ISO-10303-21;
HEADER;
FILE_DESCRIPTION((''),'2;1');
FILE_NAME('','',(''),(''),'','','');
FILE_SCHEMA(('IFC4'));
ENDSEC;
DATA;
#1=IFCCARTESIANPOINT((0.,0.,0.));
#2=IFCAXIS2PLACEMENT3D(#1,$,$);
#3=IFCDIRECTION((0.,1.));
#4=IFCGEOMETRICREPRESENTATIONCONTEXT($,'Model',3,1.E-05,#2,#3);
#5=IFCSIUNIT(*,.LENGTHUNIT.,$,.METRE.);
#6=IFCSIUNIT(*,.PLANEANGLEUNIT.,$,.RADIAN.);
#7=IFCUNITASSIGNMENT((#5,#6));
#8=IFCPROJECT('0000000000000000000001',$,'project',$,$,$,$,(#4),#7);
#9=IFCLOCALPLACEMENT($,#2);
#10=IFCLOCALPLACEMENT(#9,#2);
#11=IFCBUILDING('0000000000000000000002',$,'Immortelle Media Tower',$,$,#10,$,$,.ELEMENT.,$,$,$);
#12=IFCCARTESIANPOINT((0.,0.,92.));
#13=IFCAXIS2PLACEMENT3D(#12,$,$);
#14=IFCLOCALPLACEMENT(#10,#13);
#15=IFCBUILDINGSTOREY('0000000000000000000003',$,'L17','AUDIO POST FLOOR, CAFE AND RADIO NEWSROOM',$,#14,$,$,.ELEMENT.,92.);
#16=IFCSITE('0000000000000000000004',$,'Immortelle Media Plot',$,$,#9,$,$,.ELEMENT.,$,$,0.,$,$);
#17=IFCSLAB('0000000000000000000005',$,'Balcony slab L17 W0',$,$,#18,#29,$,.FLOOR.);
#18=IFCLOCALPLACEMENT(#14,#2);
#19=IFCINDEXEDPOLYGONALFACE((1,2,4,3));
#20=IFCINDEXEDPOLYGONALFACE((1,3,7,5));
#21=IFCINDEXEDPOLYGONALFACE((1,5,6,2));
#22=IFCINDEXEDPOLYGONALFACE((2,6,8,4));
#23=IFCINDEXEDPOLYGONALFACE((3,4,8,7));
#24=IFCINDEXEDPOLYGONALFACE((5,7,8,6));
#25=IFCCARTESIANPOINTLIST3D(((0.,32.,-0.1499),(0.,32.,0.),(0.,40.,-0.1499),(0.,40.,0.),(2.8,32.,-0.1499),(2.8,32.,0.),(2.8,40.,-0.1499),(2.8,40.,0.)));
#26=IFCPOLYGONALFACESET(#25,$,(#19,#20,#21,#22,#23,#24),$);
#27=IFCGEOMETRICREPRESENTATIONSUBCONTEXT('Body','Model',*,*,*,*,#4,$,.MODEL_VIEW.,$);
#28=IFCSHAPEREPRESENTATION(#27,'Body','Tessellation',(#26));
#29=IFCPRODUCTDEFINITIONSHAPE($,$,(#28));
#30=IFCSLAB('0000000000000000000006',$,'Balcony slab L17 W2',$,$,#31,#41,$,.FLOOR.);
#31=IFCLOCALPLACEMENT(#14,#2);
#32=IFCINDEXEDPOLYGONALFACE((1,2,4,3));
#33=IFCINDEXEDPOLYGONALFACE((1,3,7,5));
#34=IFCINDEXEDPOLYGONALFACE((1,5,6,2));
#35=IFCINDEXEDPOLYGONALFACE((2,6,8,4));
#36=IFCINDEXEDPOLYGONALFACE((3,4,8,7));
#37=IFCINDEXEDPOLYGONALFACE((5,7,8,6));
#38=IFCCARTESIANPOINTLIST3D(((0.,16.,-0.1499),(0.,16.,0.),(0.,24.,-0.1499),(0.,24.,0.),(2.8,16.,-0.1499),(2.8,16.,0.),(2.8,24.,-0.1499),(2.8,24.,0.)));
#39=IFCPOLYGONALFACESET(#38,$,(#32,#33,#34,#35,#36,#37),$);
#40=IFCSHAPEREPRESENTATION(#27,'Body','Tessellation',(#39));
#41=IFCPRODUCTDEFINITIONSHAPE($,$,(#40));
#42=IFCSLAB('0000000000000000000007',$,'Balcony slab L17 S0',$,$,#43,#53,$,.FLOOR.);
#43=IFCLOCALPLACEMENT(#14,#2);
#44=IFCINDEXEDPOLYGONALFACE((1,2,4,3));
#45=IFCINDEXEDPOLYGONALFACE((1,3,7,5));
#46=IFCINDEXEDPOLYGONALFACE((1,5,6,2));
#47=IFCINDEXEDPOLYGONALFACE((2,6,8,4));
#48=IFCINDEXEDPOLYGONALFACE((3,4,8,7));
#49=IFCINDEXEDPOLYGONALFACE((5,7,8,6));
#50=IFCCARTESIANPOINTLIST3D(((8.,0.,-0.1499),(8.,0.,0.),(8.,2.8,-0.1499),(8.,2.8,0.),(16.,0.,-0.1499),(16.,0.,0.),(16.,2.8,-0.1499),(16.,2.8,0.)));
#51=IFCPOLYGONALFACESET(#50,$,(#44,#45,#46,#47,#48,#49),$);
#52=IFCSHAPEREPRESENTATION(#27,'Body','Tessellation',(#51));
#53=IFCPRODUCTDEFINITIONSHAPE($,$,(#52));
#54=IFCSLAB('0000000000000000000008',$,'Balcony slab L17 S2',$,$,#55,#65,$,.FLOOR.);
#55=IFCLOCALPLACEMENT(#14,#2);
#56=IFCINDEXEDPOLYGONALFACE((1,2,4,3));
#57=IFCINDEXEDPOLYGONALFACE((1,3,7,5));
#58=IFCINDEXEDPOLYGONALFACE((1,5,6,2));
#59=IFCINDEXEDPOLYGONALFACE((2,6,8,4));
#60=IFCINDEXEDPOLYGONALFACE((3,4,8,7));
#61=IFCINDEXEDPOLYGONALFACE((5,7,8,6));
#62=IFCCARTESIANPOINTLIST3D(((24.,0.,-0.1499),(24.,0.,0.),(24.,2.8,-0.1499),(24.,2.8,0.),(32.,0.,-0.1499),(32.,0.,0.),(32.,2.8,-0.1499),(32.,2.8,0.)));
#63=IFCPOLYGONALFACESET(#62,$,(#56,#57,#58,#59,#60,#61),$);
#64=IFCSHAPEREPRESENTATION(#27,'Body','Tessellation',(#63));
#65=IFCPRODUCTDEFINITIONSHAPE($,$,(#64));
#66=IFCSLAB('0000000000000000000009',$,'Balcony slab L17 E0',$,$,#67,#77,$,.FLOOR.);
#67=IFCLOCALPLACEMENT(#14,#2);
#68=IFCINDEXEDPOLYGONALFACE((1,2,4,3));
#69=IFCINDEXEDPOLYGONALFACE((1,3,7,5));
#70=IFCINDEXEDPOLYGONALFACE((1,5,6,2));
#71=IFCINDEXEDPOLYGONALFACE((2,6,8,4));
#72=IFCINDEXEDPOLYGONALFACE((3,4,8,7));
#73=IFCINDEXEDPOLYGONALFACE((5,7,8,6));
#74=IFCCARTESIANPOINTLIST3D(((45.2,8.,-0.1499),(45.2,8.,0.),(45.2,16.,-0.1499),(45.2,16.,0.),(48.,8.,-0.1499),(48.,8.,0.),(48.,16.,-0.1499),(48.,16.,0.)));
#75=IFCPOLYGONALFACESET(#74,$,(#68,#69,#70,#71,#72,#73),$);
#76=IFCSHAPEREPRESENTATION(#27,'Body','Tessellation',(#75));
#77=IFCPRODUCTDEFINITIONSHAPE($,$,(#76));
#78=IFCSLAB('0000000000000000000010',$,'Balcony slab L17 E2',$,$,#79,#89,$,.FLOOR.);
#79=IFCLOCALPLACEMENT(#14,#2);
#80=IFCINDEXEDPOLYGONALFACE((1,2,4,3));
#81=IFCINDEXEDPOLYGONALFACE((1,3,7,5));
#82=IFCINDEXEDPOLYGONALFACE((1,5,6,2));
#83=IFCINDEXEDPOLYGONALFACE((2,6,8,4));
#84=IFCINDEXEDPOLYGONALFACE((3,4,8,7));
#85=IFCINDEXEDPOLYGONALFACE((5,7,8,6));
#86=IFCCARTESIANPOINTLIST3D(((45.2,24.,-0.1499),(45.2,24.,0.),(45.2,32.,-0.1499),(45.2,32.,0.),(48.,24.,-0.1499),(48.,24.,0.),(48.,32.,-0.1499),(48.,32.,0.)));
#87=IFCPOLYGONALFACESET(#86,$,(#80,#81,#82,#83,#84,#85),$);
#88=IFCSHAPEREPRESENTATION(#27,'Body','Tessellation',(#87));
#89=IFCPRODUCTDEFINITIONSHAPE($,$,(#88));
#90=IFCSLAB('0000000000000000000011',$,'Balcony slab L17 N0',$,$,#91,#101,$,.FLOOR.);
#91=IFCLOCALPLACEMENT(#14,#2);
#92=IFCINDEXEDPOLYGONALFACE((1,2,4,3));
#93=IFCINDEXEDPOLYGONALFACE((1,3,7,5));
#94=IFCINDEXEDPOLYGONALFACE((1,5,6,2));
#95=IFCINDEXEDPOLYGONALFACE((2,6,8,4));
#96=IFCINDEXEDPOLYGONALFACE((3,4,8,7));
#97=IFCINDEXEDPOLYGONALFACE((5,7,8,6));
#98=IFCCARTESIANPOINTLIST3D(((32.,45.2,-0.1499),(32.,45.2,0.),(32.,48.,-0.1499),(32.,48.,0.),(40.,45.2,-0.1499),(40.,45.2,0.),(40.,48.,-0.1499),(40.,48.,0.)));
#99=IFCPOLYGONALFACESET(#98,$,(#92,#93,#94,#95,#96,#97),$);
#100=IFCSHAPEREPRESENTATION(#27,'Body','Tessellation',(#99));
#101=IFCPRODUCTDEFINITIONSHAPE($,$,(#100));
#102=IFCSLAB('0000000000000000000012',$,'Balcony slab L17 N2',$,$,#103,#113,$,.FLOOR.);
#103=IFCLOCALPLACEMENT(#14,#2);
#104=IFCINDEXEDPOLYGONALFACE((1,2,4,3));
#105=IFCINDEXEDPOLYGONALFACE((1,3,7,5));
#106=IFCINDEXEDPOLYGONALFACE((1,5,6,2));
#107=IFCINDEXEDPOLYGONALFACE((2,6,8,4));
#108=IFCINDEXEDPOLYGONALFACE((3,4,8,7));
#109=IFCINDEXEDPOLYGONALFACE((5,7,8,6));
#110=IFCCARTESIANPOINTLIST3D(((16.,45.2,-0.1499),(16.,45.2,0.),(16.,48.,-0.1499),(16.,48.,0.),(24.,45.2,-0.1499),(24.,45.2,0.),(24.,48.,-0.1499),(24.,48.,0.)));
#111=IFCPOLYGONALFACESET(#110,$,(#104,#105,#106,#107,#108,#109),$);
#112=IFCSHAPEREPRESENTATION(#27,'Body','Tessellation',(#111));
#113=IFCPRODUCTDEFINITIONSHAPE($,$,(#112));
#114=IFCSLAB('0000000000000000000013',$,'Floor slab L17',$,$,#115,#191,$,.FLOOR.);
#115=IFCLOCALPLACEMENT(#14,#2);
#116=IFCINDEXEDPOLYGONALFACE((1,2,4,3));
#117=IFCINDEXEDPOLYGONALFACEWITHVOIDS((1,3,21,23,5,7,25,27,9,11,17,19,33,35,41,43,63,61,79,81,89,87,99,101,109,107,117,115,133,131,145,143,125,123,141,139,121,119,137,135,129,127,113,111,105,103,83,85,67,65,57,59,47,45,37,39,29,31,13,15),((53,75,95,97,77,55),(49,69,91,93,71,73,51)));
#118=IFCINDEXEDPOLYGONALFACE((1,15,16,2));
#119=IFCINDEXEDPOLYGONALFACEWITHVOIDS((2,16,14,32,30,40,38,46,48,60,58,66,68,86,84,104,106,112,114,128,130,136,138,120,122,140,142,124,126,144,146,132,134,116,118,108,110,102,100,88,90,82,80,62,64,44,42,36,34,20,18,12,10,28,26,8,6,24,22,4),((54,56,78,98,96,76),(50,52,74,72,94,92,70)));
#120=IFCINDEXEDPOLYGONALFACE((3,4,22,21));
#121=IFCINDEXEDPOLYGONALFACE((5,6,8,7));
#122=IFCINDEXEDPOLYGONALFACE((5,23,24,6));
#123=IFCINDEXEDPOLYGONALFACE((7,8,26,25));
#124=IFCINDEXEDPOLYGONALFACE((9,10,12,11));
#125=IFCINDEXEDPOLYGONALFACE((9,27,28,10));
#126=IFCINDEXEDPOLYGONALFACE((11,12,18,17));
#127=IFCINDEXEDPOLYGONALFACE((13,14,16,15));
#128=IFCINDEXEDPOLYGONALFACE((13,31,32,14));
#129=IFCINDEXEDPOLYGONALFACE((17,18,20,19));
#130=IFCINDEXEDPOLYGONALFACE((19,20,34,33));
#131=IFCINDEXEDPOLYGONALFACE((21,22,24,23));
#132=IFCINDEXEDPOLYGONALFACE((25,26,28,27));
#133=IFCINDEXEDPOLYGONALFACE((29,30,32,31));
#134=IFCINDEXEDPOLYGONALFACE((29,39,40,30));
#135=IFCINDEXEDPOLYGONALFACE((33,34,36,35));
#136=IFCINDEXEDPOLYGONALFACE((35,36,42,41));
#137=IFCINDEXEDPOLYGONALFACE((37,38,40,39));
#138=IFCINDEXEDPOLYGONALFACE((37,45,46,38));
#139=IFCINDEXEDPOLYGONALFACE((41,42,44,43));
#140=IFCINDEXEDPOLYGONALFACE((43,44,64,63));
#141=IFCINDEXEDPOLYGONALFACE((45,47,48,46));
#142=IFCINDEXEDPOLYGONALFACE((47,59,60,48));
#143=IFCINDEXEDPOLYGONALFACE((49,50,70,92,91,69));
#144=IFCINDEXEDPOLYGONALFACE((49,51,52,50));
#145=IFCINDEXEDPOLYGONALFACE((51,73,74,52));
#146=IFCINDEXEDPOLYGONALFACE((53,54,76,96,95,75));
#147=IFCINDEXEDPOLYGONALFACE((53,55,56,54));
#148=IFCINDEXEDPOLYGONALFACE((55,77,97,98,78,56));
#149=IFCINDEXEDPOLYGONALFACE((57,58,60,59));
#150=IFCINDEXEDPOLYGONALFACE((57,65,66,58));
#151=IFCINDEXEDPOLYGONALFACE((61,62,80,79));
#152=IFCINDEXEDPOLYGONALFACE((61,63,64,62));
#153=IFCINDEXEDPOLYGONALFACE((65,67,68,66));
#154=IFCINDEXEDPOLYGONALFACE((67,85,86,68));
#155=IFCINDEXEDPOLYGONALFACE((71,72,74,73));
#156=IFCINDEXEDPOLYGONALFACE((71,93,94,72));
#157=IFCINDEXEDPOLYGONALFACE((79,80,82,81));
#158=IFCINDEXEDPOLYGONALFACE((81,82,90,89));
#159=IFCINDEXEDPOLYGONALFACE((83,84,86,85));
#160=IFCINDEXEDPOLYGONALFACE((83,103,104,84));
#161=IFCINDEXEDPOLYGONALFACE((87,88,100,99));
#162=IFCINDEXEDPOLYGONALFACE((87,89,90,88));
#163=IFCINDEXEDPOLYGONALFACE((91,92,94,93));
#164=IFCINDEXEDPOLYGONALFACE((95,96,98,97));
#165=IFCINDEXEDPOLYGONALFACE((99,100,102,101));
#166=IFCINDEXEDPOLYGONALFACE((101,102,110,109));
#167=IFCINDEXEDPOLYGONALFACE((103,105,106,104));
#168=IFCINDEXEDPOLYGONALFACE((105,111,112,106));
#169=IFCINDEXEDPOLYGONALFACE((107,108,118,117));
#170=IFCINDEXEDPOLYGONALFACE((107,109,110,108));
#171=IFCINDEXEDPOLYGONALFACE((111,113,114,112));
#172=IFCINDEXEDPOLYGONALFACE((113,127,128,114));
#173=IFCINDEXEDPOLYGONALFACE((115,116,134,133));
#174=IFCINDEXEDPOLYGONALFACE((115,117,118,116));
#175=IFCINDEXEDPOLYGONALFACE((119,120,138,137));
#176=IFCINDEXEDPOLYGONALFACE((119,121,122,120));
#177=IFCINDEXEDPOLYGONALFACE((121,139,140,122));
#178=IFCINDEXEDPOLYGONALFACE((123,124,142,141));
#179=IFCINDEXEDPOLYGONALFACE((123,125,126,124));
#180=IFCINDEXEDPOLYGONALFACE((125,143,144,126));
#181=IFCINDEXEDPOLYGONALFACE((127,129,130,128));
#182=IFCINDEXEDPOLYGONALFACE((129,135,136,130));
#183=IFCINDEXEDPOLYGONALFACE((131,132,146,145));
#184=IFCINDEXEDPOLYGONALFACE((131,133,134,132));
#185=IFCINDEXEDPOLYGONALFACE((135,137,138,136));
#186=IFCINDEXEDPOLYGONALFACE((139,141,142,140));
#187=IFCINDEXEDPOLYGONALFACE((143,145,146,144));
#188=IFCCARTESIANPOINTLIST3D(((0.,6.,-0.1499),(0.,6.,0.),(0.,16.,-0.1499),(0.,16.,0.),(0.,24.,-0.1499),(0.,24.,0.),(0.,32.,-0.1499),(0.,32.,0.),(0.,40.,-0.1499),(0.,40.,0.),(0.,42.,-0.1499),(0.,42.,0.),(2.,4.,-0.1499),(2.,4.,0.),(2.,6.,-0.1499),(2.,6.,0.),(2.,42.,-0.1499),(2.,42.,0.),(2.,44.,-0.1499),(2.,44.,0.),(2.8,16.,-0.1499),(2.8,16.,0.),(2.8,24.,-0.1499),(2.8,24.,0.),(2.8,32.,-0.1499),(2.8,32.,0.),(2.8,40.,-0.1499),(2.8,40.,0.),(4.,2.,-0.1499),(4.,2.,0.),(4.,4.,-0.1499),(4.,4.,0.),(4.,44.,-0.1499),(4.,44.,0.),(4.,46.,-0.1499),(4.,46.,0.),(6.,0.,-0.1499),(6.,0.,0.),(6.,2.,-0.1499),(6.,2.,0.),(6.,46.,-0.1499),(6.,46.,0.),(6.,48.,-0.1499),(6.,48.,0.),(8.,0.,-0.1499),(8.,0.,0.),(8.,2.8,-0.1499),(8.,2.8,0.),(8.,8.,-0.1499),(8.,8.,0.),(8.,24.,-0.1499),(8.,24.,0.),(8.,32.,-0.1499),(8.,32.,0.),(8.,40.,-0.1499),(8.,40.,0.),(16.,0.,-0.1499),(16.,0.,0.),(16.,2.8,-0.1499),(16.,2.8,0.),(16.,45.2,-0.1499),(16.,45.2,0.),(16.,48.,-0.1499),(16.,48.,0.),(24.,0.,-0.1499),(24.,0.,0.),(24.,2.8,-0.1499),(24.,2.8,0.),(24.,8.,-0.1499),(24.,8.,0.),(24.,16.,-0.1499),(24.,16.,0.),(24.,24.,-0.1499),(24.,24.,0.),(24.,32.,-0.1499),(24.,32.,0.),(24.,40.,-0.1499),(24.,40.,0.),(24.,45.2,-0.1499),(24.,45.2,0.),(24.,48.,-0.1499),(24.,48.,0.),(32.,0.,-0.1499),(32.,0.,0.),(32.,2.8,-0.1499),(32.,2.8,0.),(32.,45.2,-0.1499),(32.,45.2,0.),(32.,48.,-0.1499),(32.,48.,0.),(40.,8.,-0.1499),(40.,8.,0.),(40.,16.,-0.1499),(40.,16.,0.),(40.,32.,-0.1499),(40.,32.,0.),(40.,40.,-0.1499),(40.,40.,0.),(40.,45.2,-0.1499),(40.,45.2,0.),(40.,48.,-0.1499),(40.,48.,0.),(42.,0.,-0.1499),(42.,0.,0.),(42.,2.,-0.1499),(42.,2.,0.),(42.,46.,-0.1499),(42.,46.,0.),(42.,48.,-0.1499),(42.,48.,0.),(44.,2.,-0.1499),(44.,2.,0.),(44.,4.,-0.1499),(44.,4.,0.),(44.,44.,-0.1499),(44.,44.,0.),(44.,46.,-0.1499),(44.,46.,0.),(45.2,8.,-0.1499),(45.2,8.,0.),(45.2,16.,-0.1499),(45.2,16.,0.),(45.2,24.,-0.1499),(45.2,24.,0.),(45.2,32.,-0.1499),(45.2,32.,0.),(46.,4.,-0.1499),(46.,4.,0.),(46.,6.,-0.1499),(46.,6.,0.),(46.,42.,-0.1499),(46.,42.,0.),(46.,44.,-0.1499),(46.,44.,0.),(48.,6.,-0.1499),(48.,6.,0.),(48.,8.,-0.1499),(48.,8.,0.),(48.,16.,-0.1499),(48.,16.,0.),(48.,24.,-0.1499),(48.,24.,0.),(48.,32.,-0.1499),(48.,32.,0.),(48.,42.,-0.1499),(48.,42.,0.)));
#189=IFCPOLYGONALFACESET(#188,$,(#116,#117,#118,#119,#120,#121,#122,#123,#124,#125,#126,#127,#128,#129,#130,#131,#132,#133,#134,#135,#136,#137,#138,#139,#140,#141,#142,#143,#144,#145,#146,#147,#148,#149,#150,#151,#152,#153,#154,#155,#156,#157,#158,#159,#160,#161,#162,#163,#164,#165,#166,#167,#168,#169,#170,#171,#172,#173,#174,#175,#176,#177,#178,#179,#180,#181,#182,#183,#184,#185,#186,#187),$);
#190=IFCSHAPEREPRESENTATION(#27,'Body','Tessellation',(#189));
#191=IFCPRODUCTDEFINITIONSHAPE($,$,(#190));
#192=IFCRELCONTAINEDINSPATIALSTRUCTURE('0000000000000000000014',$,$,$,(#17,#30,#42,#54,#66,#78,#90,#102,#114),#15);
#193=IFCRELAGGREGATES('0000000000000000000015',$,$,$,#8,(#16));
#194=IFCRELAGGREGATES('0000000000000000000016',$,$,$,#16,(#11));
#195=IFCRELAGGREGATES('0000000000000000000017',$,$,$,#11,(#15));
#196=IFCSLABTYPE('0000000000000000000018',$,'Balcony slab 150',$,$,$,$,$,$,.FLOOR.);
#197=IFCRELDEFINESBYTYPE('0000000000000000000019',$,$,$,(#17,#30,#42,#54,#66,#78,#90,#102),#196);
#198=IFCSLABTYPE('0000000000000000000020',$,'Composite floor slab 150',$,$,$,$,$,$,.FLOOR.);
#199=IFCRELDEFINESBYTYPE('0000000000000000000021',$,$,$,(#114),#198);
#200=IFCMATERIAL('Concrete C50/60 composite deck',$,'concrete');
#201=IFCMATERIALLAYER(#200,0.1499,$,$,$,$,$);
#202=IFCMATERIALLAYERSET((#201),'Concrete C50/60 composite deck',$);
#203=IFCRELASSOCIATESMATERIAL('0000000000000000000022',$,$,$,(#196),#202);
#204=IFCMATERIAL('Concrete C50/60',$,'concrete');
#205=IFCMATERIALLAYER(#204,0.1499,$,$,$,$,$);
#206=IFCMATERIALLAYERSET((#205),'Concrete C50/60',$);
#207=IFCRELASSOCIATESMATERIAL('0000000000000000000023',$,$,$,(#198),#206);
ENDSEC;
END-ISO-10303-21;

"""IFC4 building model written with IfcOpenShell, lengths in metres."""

from ifc_helpers import new_model, si_unit, direction, frame, origin, place, context, subcontext, project, spatial, polyline, outline, extrude, material, layer, layer_set, type_object, element, save


model = new_model("IFC4")

# Units and contexts
model_context = context("Model", 3, precision=1e-05, world=origin(), true_north=direction((0.0, 1.0)))
body_context = subcontext(model_context, "Body", "Model", "MODEL_VIEW")
ifc_project = project(units=[si_unit("LENGTHUNIT", "METRE"), si_unit("PLANEANGLEUNIT", "RADIAN")], contexts=[model_context])

# Site, building, storey
site_placement = place(None, origin())
site = spatial("IfcSite", under=ifc_project, at=site_placement, Name="Immortelle Media Plot", CompositionType="ELEMENT", RefElevation=0.0)
building_placement = place(site_placement, origin())
building = spatial("IfcBuilding", under=site, at=building_placement, Name="Immortelle Media Tower", CompositionType="ELEMENT")
storey_placement = place(building_placement, frame((0.0, 0.0, 92.0)))
storey = spatial("IfcBuildingStorey", under=building, at=storey_placement, Name="L17", Description="AUDIO POST FLOOR, CAFE AND RADIO NEWSROOM", CompositionType="ELEMENT", Elevation=92.0)

# Slabs
ifc_material_1 = material(Name="Concrete C50/60 composite deck", Category="concrete")
ifc_layer_1 = layer(ifc_material_1, 0.1499)
ifc_layer_set_1 = layer_set([ifc_layer_1], Name="Concrete C50/60 composite deck")
slab_type_1 = type_object("IfcSlabType", Name="Balcony slab 150", PredefinedType="FLOOR", material=ifc_layer_set_1)
slab_1_placement = place(storey_placement, frame((0.0, 0.0, -0.1499)))
element("IfcSlab", 1, at=slab_1_placement, inside=storey, type_object=slab_type_1, Name="Balcony slab L17 W0", PredefinedType="FLOOR", context=body_context, shape_type="SweptSolid", body=[
    extrude(outline(polyline([(2.8, 32.0), (2.8, 40.0), (0.0, 40.0), (0.0, 32.0), (2.8, 32.0)])), origin(), (0.0, 0.0, 1.0), 0.1499),
])
slab_2_placement = place(storey_placement, frame((0.0, 0.0, -0.1499)))
element("IfcSlab", 2, at=slab_2_placement, inside=storey, type_object=slab_type_1, Name="Balcony slab L17 W2", PredefinedType="FLOOR", context=body_context, shape_type="SweptSolid", body=[
    extrude(outline(polyline([(2.8, 16.0), (2.8, 24.0), (0.0, 24.0), (0.0, 16.0), (2.8, 16.0)])), origin(), (0.0, 0.0, 1.0), 0.1499),
])
slab_3_placement = place(storey_placement, frame((0.0, 0.0, -0.1499)))
element("IfcSlab", 3, at=slab_3_placement, inside=storey, type_object=slab_type_1, Name="Balcony slab L17 S0", PredefinedType="FLOOR", context=body_context, shape_type="SweptSolid", body=[
    extrude(outline(polyline([(16.0, 0.0), (16.0, 2.8), (8.0, 2.8), (8.0, 0.0), (16.0, 0.0)])), origin(), (0.0, 0.0, 1.0), 0.1499),
])
slab_4_placement = place(storey_placement, frame((0.0, 0.0, -0.1499)))
element("IfcSlab", 4, at=slab_4_placement, inside=storey, type_object=slab_type_1, Name="Balcony slab L17 S2", PredefinedType="FLOOR", context=body_context, shape_type="SweptSolid", body=[
    extrude(outline(polyline([(32.0, 0.0), (32.0, 2.8), (24.0, 2.8), (24.0, 0.0), (32.0, 0.0)])), origin(), (0.0, 0.0, 1.0), 0.1499),
])
slab_5_placement = place(storey_placement, frame((0.0, 0.0, -0.1499)))
element("IfcSlab", 5, at=slab_5_placement, inside=storey, type_object=slab_type_1, Name="Balcony slab L17 E0", PredefinedType="FLOOR", context=body_context, shape_type="SweptSolid", body=[
    extrude(outline(polyline([(48.0, 8.0), (48.0, 16.0), (45.2, 16.0), (45.2, 8.0), (48.0, 8.0)])), origin(), (0.0, 0.0, 1.0), 0.1499),
])
slab_6_placement = place(storey_placement, frame((0.0, 0.0, -0.1499)))
element("IfcSlab", 6, at=slab_6_placement, inside=storey, type_object=slab_type_1, Name="Balcony slab L17 E2", PredefinedType="FLOOR", context=body_context, shape_type="SweptSolid", body=[
    extrude(outline(polyline([(48.0, 24.0), (48.0, 32.0), (45.2, 32.0), (45.2, 24.0), (48.0, 24.0)])), origin(), (0.0, 0.0, 1.0), 0.1499),
])
slab_7_placement = place(storey_placement, frame((0.0, 0.0, -0.1499)))
element("IfcSlab", 7, at=slab_7_placement, inside=storey, type_object=slab_type_1, Name="Balcony slab L17 N0", PredefinedType="FLOOR", context=body_context, shape_type="SweptSolid", body=[
    extrude(outline(polyline([(40.0, 45.2), (40.0, 48.0), (32.0, 48.0), (32.0, 45.2), (40.0, 45.2)])), origin(), (0.0, 0.0, 1.0), 0.1499),
])
slab_8_placement = place(storey_placement, frame((0.0, 0.0, -0.1499)))
element("IfcSlab", 8, at=slab_8_placement, inside=storey, type_object=slab_type_1, Name="Balcony slab L17 N2", PredefinedType="FLOOR", context=body_context, shape_type="SweptSolid", body=[
    extrude(outline(polyline([(24.0, 45.2), (24.0, 48.0), (16.0, 48.0), (16.0, 45.2), (24.0, 45.2)])), origin(), (0.0, 0.0, 1.0), 0.1499),
])
ifc_material_2 = material(Name="Concrete C50/60", Category="concrete")
ifc_layer_2 = layer(ifc_material_2, 0.1499)
ifc_layer_set_2 = layer_set([ifc_layer_2], Name="Concrete C50/60")
slab_type_2 = type_object("IfcSlabType", Name="Composite floor slab 150", PredefinedType="FLOOR", material=ifc_layer_set_2)
slab_9_placement = place(storey_placement, frame((0.0, 0.0, -0.1499)))
element("IfcSlab", 9, at=slab_9_placement, inside=storey, type_object=slab_type_2, Name="Floor slab L17", PredefinedType="FLOOR", context=body_context, shape_type="SweptSolid", body=[
    extrude(outline(polyline([(6.0, 0.0), (6.0, 2.0), (4.0, 2.0), (4.0, 4.0), (2.0, 4.0), (2.0, 6.0), (0.0, 6.0), (0.0, 16.0), (2.8, 16.0), (2.8, 24.0), (0.0, 24.0), (0.0, 32.0), (2.8, 32.0), (2.8, 40.0), (0.0, 40.0), (0.0, 42.0), (2.0, 42.0), (2.0, 44.0), (4.0, 44.0), (4.0, 46.0), (6.0, 46.0), (6.0, 48.0), (16.0, 48.0), (16.0, 45.2), (24.0, 45.2), (24.0, 48.0), (32.0, 48.0), (32.0, 45.2), (40.0, 45.2), (40.0, 48.0), (42.0, 48.0), (42.0, 46.0), (44.0, 46.0), (44.0, 44.0), (46.0, 44.0), (46.0, 42.0), (48.0, 42.0), (48.0, 32.0), (45.2, 32.0), (45.2, 24.0), (48.0, 24.0), (48.0, 16.0), (45.2, 16.0), (45.2, 8.0), (48.0, 8.0), (48.0, 6.0), (46.0, 6.0), (46.0, 4.0), (44.0, 4.0), (44.0, 2.0), (42.0, 2.0), (42.0, 0.0), (32.0, 0.0), (32.0, 2.8), (24.0, 2.8), (24.0, 0.0), (16.0, 0.0), (16.0, 2.8), (8.0, 2.8), (8.0, 0.0), (6.0, 0.0)]), holes=[polyline([(24.0, 24.0), (8.0, 24.0), (8.0, 8.0), (24.0, 8.0), (40.0, 8.0), (40.0, 16.0), (24.0, 16.0), (24.0, 24.0)]), polyline([(24.0, 32.0), (40.0, 32.0), (40.0, 40.0), (24.0, 40.0), (8.0, 40.0), (8.0, 32.0), (24.0, 32.0)])]), origin(), (0.0, 0.0, 1.0), 0.1499),
])

save(model, "model.ifc")
